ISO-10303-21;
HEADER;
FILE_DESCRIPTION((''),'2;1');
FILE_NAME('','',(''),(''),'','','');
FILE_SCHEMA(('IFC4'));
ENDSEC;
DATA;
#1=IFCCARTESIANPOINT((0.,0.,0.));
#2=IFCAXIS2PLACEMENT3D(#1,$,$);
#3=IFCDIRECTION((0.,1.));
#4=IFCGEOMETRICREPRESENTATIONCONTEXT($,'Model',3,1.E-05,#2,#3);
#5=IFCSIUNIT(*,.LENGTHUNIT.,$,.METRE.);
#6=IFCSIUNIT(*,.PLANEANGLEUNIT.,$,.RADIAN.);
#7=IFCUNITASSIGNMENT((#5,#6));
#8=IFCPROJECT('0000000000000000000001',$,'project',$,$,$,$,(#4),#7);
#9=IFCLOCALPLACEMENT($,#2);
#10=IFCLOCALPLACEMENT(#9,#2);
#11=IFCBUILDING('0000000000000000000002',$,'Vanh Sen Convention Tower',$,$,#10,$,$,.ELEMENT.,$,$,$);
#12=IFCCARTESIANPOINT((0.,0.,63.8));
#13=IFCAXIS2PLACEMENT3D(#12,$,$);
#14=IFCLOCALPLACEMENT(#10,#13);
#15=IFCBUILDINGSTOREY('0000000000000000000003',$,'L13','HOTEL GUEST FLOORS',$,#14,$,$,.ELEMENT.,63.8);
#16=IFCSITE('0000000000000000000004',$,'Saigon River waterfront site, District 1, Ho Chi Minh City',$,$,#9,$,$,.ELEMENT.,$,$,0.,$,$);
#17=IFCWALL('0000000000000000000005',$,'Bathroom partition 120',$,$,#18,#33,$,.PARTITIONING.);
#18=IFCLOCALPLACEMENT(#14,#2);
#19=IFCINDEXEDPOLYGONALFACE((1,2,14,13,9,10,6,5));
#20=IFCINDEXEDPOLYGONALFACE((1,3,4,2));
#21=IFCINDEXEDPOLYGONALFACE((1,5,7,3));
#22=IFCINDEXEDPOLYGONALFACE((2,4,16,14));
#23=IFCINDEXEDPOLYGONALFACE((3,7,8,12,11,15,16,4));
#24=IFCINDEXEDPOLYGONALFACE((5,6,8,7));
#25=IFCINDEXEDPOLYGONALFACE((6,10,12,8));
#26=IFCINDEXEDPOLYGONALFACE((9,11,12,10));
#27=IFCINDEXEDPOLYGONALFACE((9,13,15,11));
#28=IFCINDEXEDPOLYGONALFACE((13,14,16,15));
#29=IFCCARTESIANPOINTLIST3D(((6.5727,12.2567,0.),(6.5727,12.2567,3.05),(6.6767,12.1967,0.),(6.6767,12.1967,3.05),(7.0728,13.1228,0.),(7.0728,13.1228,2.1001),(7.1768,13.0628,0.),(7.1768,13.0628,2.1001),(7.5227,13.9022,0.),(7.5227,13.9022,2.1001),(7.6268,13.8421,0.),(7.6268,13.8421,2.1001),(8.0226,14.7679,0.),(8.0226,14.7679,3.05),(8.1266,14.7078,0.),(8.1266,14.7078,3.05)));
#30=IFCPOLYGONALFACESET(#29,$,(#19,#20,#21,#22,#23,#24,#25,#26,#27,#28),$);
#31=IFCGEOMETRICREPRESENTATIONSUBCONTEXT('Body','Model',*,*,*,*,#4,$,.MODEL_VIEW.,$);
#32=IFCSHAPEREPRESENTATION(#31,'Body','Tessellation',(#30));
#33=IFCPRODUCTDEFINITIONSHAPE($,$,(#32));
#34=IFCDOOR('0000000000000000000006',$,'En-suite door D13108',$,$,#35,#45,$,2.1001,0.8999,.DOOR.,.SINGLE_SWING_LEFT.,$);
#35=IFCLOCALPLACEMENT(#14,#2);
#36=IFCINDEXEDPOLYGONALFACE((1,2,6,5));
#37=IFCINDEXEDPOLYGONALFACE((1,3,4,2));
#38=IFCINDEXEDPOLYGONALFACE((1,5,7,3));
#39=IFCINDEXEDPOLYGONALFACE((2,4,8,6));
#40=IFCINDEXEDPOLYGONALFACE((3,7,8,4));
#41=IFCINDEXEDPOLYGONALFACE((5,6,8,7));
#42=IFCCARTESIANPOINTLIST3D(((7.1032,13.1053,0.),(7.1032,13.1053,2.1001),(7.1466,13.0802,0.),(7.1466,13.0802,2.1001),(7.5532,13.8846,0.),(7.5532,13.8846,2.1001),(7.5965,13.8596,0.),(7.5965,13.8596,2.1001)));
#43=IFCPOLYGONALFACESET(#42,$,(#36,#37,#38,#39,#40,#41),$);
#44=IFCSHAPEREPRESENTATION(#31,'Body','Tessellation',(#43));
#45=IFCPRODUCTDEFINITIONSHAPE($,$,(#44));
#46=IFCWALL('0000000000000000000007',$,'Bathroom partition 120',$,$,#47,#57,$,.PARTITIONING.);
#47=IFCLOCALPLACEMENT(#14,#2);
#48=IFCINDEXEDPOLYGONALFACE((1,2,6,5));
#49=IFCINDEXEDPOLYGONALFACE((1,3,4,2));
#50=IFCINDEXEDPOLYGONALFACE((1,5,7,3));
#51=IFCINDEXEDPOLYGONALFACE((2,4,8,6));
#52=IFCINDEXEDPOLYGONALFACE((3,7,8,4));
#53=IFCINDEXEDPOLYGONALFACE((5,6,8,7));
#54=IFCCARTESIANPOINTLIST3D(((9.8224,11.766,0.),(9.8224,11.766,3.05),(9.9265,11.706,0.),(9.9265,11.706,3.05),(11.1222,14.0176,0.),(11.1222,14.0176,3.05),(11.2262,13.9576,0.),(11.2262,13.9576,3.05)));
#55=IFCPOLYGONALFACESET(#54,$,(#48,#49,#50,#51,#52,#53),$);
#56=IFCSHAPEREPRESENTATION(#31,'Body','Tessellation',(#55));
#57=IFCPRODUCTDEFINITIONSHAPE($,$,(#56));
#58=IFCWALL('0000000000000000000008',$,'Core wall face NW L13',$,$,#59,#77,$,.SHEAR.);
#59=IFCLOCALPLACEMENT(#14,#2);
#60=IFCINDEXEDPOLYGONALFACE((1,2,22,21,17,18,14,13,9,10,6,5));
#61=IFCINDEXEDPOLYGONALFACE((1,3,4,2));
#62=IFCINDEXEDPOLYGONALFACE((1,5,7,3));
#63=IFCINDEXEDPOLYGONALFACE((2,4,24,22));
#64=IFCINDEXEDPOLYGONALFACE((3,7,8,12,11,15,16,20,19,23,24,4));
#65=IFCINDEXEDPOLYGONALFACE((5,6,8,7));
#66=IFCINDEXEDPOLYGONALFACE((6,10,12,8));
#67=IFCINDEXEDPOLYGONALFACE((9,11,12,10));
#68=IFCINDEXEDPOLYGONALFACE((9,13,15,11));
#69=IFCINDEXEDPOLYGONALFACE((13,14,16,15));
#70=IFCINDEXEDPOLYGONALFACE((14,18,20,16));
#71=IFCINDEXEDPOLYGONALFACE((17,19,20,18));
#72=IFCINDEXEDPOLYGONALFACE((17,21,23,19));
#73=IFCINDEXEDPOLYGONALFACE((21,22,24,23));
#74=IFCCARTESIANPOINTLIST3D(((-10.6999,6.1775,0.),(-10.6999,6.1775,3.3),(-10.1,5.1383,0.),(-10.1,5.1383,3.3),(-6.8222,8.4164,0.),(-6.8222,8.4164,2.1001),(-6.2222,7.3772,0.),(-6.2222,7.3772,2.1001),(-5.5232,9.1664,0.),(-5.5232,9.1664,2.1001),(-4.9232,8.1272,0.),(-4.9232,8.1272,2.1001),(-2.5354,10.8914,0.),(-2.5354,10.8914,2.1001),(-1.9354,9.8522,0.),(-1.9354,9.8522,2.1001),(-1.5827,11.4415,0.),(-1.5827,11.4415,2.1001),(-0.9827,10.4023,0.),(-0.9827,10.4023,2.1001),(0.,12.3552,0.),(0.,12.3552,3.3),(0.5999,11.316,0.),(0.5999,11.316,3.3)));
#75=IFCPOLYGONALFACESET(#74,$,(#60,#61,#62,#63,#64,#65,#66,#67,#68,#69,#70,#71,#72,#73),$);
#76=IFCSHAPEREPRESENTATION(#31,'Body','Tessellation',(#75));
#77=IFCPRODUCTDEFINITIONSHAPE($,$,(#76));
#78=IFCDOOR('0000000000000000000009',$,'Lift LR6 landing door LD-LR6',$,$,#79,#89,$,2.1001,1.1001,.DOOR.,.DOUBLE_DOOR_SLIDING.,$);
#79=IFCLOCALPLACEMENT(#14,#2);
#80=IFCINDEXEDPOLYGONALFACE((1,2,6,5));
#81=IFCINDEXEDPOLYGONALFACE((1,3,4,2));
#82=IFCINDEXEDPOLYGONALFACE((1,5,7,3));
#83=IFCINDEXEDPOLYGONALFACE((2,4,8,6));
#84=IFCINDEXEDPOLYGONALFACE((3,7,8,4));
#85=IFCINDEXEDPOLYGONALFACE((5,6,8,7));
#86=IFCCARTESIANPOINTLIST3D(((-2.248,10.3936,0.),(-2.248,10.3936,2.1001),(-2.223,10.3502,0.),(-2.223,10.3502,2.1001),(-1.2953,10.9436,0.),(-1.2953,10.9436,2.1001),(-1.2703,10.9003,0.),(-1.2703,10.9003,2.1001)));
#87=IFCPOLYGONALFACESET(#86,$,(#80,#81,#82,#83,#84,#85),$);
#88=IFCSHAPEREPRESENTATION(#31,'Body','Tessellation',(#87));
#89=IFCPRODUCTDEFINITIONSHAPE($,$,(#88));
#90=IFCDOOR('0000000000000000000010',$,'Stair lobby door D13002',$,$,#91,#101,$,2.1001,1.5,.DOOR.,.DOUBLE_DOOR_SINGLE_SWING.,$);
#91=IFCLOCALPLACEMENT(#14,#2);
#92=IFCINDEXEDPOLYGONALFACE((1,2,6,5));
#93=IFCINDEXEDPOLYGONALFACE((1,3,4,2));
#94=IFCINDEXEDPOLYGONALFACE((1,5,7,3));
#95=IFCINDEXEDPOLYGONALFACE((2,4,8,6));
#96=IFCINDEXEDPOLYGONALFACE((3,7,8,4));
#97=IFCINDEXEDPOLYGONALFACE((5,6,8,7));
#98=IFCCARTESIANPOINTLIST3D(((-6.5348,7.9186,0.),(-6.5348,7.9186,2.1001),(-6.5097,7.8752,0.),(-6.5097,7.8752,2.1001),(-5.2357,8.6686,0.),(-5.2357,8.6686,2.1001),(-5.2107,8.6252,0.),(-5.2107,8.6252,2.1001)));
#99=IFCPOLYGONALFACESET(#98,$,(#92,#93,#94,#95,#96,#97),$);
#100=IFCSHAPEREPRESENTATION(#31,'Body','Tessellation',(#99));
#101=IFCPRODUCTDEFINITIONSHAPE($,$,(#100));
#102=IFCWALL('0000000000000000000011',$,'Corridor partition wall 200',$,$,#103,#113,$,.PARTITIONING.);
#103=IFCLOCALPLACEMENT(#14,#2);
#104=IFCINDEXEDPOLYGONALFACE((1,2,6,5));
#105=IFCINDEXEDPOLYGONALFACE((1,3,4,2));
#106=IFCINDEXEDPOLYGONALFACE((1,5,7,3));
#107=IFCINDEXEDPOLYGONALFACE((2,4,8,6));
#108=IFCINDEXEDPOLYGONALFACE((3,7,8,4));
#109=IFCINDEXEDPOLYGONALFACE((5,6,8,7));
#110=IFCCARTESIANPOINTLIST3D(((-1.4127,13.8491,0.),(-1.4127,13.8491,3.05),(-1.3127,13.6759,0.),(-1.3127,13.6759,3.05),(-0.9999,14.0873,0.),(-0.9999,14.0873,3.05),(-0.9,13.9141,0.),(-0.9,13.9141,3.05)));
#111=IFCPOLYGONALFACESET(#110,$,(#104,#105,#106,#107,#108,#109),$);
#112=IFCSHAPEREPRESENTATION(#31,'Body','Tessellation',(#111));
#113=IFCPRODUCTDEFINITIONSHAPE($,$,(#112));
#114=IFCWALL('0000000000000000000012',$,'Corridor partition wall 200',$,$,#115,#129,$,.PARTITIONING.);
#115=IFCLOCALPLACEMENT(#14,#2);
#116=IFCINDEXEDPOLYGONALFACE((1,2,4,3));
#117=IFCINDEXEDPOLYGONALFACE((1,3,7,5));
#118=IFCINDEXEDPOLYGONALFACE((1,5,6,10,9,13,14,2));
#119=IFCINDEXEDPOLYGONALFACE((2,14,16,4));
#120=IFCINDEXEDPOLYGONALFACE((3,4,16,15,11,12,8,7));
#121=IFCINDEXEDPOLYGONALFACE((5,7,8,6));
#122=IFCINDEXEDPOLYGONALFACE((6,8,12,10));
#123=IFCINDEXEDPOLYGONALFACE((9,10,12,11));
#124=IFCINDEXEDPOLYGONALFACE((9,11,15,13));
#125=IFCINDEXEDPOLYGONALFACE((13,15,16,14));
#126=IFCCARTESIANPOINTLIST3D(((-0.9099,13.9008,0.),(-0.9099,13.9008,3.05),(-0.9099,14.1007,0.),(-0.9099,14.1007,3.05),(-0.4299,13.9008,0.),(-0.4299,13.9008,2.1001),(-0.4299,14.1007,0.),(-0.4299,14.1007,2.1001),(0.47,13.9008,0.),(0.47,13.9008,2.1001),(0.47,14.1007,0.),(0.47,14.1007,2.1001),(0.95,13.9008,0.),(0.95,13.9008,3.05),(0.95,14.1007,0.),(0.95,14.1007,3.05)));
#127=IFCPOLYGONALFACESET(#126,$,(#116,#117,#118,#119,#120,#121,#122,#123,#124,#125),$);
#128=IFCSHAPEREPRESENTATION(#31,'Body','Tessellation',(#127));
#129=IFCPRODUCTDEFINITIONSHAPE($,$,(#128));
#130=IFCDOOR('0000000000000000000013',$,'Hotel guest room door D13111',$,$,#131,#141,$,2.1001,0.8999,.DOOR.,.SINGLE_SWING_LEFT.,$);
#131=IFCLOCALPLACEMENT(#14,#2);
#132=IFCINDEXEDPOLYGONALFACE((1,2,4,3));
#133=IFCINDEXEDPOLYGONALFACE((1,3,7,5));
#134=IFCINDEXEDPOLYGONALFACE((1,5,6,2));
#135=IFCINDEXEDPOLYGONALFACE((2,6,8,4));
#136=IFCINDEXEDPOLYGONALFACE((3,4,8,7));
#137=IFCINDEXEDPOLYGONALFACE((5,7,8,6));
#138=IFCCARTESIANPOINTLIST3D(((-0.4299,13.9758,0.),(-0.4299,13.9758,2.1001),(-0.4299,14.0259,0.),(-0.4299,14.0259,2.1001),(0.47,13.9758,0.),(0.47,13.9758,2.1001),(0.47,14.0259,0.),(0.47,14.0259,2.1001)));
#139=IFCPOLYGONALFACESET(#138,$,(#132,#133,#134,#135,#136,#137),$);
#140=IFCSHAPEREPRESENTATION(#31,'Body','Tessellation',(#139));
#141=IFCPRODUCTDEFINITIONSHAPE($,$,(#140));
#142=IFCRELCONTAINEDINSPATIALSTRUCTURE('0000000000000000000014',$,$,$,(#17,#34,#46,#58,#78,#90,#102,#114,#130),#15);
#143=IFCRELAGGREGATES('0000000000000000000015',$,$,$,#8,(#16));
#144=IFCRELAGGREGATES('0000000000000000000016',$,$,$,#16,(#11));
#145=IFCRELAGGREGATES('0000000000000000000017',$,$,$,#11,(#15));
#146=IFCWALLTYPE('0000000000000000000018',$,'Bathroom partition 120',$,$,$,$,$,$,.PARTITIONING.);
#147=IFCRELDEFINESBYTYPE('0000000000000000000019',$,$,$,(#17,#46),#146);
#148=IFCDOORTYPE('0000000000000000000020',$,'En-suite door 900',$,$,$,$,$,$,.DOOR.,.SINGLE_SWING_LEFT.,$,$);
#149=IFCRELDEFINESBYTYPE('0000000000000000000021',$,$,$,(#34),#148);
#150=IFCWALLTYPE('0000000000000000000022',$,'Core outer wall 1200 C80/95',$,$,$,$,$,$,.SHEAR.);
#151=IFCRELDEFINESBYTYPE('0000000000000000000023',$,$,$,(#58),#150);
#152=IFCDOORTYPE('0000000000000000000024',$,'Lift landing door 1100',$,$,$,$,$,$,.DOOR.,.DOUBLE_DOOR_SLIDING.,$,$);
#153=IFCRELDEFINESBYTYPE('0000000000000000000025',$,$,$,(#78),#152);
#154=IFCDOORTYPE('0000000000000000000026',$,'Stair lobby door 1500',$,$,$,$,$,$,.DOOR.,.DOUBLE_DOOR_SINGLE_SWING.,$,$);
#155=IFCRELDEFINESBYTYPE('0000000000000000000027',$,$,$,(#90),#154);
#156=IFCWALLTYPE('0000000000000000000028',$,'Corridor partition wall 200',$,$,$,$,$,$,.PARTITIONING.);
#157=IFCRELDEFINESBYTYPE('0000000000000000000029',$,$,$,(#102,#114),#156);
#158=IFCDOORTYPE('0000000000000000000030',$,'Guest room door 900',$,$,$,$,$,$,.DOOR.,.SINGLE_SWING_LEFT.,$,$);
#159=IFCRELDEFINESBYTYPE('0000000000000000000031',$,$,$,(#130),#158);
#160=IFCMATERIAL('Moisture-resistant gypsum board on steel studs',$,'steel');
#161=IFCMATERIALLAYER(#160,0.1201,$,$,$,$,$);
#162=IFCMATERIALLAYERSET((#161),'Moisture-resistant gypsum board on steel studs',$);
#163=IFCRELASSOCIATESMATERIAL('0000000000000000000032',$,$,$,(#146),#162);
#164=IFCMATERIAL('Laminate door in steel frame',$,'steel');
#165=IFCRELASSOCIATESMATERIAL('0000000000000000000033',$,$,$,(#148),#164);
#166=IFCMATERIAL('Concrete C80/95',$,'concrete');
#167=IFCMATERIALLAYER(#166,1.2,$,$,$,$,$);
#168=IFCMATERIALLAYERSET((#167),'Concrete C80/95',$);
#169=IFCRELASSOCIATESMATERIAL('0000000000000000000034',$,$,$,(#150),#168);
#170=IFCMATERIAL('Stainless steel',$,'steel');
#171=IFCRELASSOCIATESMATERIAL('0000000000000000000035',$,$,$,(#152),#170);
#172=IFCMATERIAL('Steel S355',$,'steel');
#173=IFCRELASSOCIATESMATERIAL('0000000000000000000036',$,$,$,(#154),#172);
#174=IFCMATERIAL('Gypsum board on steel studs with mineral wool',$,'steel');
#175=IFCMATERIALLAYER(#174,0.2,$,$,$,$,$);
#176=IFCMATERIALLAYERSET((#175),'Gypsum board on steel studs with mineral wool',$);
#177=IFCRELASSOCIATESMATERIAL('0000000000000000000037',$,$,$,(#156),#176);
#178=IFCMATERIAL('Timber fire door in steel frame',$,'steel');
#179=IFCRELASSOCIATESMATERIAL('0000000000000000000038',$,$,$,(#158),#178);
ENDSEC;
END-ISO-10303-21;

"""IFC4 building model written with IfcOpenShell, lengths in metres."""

from ifc_helpers import new_model, si_unit, direction, frame, frame_2d, origin, place, context, subcontext, project, spatial, rectangle, extrude, material, layer, layer_set, type_object, element, fill, save


model = new_model("IFC4")

# Units and contexts
model_context = context("Model", 3, precision=1e-05, world=origin(), true_north=direction((0.0, 1.0)))
body_context = subcontext(model_context, "Body", "Model", "MODEL_VIEW")
ifc_project = project(units=[si_unit("LENGTHUNIT", "METRE"), si_unit("PLANEANGLEUNIT", "RADIAN")], contexts=[model_context])

# Site, building, storey
site_placement = place(None, origin())
site = spatial("IfcSite", under=ifc_project, at=site_placement, Name="Saigon River waterfront site, District 1, Ho Chi Minh City", CompositionType="ELEMENT", RefElevation=0.0)
building_placement = place(site_placement, origin())
building = spatial("IfcBuilding", under=site, at=building_placement, Name="Vanh Sen Convention Tower", CompositionType="ELEMENT")
storey_placement = place(building_placement, frame((0.0, 0.0, 63.8)))
storey = spatial("IfcBuildingStorey", under=building, at=storey_placement, Name="L13", Description="HOTEL GUEST FLOORS", CompositionType="ELEMENT", Elevation=63.8)

# Wall, opening, door
ifc_material_1 = material(Name="Moisture-resistant gypsum board on steel studs", Category="steel")
ifc_layer_1 = layer(ifc_material_1, 0.1201)
ifc_layer_set_1 = layer_set([ifc_layer_1], Name="Moisture-resistant gypsum board on steel studs")
wall_type_1 = type_object("IfcWallType", Name="Bathroom partition 120", PredefinedType="PARTITIONING", material=ifc_layer_set_1)
wall_1_placement = place(storey_placement, frame((6.6248, 12.2268, 0.0), z_axis=(0.0, 0.0, 1.0), x_axis=(0.500024, 0.866012, 0.0)))
wall_1 = element("IfcWall", 1, at=wall_1_placement, inside=storey, type_object=wall_type_1, Name="Bathroom partition 120", PredefinedType="PARTITIONING", context=body_context, shape_type="SweptSolid", body=[
    extrude(rectangle(XDim=2.8997, YDim=0.1201, at=frame_2d((1.4497, 0.0))), origin(), (0.0, 0.0, 1.0), 3.05),
])
opening_1_placement = place(wall_1_placement, frame((1.0, 0.0, 0.0)))
opening_1 = element("IfcOpeningElement", 2, at=opening_1_placement, cuts=wall_1, PredefinedType="OPENING", context=body_context, shape_type="SweptSolid", body=[
    extrude(rectangle(XDim=0.8999, YDim=2.1001, at=frame_2d((0.45, 1.05))), frame((0.0, 0.0701, 0.0), z_axis=(0.0, -1.0, 0.0), x_axis=(1.0, 0.0, 0.0)), (0.0, 0.0, 1.0), 0.1401),
])
ifc_material_2 = material(Name="Laminate door in steel frame", Category="steel")
door_type_1 = type_object("IfcDoorType", Name="En-suite door 900", OperationType="SINGLE_SWING_LEFT", PredefinedType="DOOR", material=ifc_material_2)
door_1_placement = place(opening_1_placement, origin())
door_1 = element("IfcDoor", 3, at=door_1_placement, inside=storey, type_object=door_type_1, Name="En-suite door D13108", OperationType="SINGLE_SWING_LEFT", OverallHeight=2.1001, OverallWidth=0.8999, PredefinedType="DOOR", context=body_context, shape_type="SweptSolid", body=[
    extrude(rectangle(XDim=0.8999, YDim=2.1001, at=frame_2d((0.45, 1.05))), frame((0.0, 0.0249, 0.0), z_axis=(0.0, -1.0, 0.0), x_axis=(1.0, 0.0, 0.0)), (0.0, 0.0, 1.0), 0.05),
])
fill(opening_1, door_1)

# Wall
wall_2_placement = place(storey_placement, frame((9.8745, 11.7361, 0.0), z_axis=(0.0, 0.0, 1.0), x_axis=(0.499937, 0.866062, 0.0)))
element("IfcWall", 4, at=wall_2_placement, inside=storey, type_object=wall_type_1, Name="Bathroom partition 120", PredefinedType="PARTITIONING", context=body_context, shape_type="SweptSolid", body=[
    extrude(rectangle(XDim=2.5999, YDim=0.1201, at=frame_2d((1.2998, 0.0))), origin(), (0.0, 0.0, 1.0), 3.05),
])

# Wall, openings, doors
ifc_material_3 = material(Name="Concrete C80/95", Category="concrete")
ifc_layer_2 = layer(ifc_material_3, 1.2)
ifc_layer_set_2 = layer_set([ifc_layer_2], Name="Concrete C80/95")
wall_type_2 = type_object("IfcWallType", Name="Core outer wall 1200 C80/95", PredefinedType="SHEAR", material=ifc_layer_set_2)
wall_3_placement = place(storey_placement, frame((0.3, 11.8357, 0.0), z_axis=(0.0, 0.0, 1.0), x_axis=(-0.866021, -0.500007, 0.0)))
wall_3 = element("IfcWall", 5, at=wall_3_placement, inside=storey, type_object=wall_type_2, Name="Core wall face NW L13", PredefinedType="SHEAR", context=body_context, shape_type="SweptSolid", body=[
    extrude(rectangle(XDim=12.3552, YDim=1.2, at=frame_2d((6.1777, 0.0))), origin(), (0.0, 0.0, 1.0), 3.3),
])
opening_2_placement = place(wall_3_placement, frame((6.3777, 0.0, 0.0)))
opening_2 = element("IfcOpeningElement", 6, at=opening_2_placement, cuts=wall_3, PredefinedType="OPENING", context=body_context, shape_type="SweptSolid", body=[
    extrude(rectangle(XDim=1.5, YDim=2.1001, at=frame_2d((0.75, 1.05))), frame((0.0, 0.6099, 0.0), z_axis=(0.0, -1.0, 0.0), x_axis=(1.0, 0.0, 0.0)), (0.0, 0.0, 1.0), 1.22),
])
opening_3_placement = place(wall_3_placement, frame((1.8276, 0.0, 0.0)))
opening_3 = element("IfcOpeningElement", 7, at=opening_3_placement, cuts=wall_3, PredefinedType="OPENING", context=body_context, shape_type="SweptSolid", body=[
    extrude(rectangle(XDim=1.1001, YDim=2.1001, at=frame_2d((0.55, 1.05))), frame((0.0, 0.6099, 0.0), z_axis=(0.0, -1.0, 0.0), x_axis=(1.0, 0.0, 0.0)), (0.0, 0.0, 1.0), 1.22),
])
ifc_material_4 = material(Name="Stainless steel", Category="steel")
door_type_2 = type_object("IfcDoorType", Name="Lift landing door 1100", OperationType="DOUBLE_DOOR_SLIDING", PredefinedType="DOOR", material=ifc_material_4)
door_2_placement = place(opening_3_placement, origin())
door_2 = element("IfcDoor", 8, at=door_2_placement, inside=storey, type_object=door_type_2, Name="Lift LR6 landing door LD-LR6", OperationType="DOUBLE_DOOR_SLIDING", OverallHeight=2.1001, OverallWidth=1.1001, PredefinedType="DOOR", context=body_context, shape_type="SweptSolid", body=[
    extrude(rectangle(XDim=1.1001, YDim=2.1001, at=frame_2d((0.55, 1.05))), frame((0.0, 0.0249, 0.0), z_axis=(0.0, -1.0, 0.0), x_axis=(1.0, 0.0, 0.0)), (0.0, 0.0, 1.0), 0.05),
])
fill(opening_3, door_2)
ifc_material_5 = material(Name="Steel S355", Category="steel")
door_type_3 = type_object("IfcDoorType", Name="Stair lobby door 1500", OperationType="DOUBLE_DOOR_SINGLE_SWING", PredefinedType="DOOR", material=ifc_material_5)
door_3_placement = place(opening_2_placement, origin())
door_3 = element("IfcDoor", 9, at=door_3_placement, inside=storey, type_object=door_type_3, Name="Stair lobby door D13002", OperationType="DOUBLE_DOOR_SINGLE_SWING", OverallHeight=2.1001, OverallWidth=1.5, PredefinedType="DOOR", context=body_context, shape_type="SweptSolid", body=[
    extrude(rectangle(XDim=1.5, YDim=2.1001, at=frame_2d((0.75, 1.05))), frame((0.0, 0.0249, 0.0), z_axis=(0.0, -1.0, 0.0), x_axis=(1.0, 0.0, 0.0)), (0.0, 0.0, 1.0), 0.05),
])
fill(opening_2, door_3)

# Wall
ifc_material_6 = material(Name="Gypsum board on steel studs with mineral wool", Category="steel")
ifc_layer_3 = layer(ifc_material_6, 0.2)
ifc_layer_set_3 = layer_set([ifc_layer_3], Name="Gypsum board on steel studs with mineral wool")
wall_type_3 = type_object("IfcWallType", Name="Corridor partition wall 200", PredefinedType="PARTITIONING", material=ifc_layer_set_3)
wall_4_placement = place(storey_placement, frame((-0.95, 14.0007, 0.0), z_axis=(0.0, 0.0, 1.0), x_axis=(-0.866092, -0.499885, 0.0)))
element("IfcWall", 10, at=wall_4_placement, inside=storey, type_object=wall_type_3, Name="Corridor partition wall 200", PredefinedType="PARTITIONING", context=body_context, shape_type="SweptSolid", body=[
    extrude(rectangle(XDim=0.4766, YDim=0.2, at=frame_2d((0.2383, 0.0))), origin(), (0.0, 0.0, 1.0), 3.05),
])

# Wall, opening, door
wall_5_placement = place(storey_placement, frame((0.95, 14.0007, 0.0), z_axis=(0.0, 0.0, 1.0), x_axis=(-1.0, 0.0, 0.0)))
wall_5 = element("IfcWall", 11, at=wall_5_placement, inside=storey, type_object=wall_type_3, Name="Corridor partition wall 200", PredefinedType="PARTITIONING", context=body_context, shape_type="SweptSolid", body=[
    extrude(rectangle(XDim=1.8599, YDim=0.2, at=frame_2d((0.9299, 0.0))), origin(), (0.0, 0.0, 1.0), 3.05),
])
opening_4_placement = place(wall_5_placement, frame((0.48, 0.0, 0.0)))
opening_4 = element("IfcOpeningElement", 12, at=opening_4_placement, cuts=wall_5, PredefinedType="OPENING", context=body_context, shape_type="SweptSolid", body=[
    extrude(rectangle(XDim=0.8999, YDim=2.1001, at=frame_2d((0.45, 1.05))), frame((0.0, 0.1099, 0.0), z_axis=(0.0, -1.0, 0.0), x_axis=(1.0, 0.0, 0.0)), (0.0, 0.0, 1.0), 0.22),
])
ifc_material_7 = material(Name="Timber fire door in steel frame", Category="steel")
door_type_4 = type_object("IfcDoorType", Name="Guest room door 900", OperationType="SINGLE_SWING_LEFT", PredefinedType="DOOR", material=ifc_material_7)
door_4_placement = place(opening_4_placement, origin())
door_4 = element("IfcDoor", 13, at=door_4_placement, inside=storey, type_object=door_type_4, Name="Hotel guest room door D13111", OperationType="SINGLE_SWING_LEFT", OverallHeight=2.1001, OverallWidth=0.8999, PredefinedType="DOOR", context=body_context, shape_type="SweptSolid", body=[
    extrude(rectangle(XDim=0.8999, YDim=2.1001, at=frame_2d((0.45, 1.05))), frame((0.0, 0.0249, 0.0), z_axis=(0.0, -1.0, 0.0), x_axis=(1.0, 0.0, 0.0)), (0.0, 0.0, 1.0), 0.05),
])
fill(opening_4, door_4)

save(model, "model.ifc")
